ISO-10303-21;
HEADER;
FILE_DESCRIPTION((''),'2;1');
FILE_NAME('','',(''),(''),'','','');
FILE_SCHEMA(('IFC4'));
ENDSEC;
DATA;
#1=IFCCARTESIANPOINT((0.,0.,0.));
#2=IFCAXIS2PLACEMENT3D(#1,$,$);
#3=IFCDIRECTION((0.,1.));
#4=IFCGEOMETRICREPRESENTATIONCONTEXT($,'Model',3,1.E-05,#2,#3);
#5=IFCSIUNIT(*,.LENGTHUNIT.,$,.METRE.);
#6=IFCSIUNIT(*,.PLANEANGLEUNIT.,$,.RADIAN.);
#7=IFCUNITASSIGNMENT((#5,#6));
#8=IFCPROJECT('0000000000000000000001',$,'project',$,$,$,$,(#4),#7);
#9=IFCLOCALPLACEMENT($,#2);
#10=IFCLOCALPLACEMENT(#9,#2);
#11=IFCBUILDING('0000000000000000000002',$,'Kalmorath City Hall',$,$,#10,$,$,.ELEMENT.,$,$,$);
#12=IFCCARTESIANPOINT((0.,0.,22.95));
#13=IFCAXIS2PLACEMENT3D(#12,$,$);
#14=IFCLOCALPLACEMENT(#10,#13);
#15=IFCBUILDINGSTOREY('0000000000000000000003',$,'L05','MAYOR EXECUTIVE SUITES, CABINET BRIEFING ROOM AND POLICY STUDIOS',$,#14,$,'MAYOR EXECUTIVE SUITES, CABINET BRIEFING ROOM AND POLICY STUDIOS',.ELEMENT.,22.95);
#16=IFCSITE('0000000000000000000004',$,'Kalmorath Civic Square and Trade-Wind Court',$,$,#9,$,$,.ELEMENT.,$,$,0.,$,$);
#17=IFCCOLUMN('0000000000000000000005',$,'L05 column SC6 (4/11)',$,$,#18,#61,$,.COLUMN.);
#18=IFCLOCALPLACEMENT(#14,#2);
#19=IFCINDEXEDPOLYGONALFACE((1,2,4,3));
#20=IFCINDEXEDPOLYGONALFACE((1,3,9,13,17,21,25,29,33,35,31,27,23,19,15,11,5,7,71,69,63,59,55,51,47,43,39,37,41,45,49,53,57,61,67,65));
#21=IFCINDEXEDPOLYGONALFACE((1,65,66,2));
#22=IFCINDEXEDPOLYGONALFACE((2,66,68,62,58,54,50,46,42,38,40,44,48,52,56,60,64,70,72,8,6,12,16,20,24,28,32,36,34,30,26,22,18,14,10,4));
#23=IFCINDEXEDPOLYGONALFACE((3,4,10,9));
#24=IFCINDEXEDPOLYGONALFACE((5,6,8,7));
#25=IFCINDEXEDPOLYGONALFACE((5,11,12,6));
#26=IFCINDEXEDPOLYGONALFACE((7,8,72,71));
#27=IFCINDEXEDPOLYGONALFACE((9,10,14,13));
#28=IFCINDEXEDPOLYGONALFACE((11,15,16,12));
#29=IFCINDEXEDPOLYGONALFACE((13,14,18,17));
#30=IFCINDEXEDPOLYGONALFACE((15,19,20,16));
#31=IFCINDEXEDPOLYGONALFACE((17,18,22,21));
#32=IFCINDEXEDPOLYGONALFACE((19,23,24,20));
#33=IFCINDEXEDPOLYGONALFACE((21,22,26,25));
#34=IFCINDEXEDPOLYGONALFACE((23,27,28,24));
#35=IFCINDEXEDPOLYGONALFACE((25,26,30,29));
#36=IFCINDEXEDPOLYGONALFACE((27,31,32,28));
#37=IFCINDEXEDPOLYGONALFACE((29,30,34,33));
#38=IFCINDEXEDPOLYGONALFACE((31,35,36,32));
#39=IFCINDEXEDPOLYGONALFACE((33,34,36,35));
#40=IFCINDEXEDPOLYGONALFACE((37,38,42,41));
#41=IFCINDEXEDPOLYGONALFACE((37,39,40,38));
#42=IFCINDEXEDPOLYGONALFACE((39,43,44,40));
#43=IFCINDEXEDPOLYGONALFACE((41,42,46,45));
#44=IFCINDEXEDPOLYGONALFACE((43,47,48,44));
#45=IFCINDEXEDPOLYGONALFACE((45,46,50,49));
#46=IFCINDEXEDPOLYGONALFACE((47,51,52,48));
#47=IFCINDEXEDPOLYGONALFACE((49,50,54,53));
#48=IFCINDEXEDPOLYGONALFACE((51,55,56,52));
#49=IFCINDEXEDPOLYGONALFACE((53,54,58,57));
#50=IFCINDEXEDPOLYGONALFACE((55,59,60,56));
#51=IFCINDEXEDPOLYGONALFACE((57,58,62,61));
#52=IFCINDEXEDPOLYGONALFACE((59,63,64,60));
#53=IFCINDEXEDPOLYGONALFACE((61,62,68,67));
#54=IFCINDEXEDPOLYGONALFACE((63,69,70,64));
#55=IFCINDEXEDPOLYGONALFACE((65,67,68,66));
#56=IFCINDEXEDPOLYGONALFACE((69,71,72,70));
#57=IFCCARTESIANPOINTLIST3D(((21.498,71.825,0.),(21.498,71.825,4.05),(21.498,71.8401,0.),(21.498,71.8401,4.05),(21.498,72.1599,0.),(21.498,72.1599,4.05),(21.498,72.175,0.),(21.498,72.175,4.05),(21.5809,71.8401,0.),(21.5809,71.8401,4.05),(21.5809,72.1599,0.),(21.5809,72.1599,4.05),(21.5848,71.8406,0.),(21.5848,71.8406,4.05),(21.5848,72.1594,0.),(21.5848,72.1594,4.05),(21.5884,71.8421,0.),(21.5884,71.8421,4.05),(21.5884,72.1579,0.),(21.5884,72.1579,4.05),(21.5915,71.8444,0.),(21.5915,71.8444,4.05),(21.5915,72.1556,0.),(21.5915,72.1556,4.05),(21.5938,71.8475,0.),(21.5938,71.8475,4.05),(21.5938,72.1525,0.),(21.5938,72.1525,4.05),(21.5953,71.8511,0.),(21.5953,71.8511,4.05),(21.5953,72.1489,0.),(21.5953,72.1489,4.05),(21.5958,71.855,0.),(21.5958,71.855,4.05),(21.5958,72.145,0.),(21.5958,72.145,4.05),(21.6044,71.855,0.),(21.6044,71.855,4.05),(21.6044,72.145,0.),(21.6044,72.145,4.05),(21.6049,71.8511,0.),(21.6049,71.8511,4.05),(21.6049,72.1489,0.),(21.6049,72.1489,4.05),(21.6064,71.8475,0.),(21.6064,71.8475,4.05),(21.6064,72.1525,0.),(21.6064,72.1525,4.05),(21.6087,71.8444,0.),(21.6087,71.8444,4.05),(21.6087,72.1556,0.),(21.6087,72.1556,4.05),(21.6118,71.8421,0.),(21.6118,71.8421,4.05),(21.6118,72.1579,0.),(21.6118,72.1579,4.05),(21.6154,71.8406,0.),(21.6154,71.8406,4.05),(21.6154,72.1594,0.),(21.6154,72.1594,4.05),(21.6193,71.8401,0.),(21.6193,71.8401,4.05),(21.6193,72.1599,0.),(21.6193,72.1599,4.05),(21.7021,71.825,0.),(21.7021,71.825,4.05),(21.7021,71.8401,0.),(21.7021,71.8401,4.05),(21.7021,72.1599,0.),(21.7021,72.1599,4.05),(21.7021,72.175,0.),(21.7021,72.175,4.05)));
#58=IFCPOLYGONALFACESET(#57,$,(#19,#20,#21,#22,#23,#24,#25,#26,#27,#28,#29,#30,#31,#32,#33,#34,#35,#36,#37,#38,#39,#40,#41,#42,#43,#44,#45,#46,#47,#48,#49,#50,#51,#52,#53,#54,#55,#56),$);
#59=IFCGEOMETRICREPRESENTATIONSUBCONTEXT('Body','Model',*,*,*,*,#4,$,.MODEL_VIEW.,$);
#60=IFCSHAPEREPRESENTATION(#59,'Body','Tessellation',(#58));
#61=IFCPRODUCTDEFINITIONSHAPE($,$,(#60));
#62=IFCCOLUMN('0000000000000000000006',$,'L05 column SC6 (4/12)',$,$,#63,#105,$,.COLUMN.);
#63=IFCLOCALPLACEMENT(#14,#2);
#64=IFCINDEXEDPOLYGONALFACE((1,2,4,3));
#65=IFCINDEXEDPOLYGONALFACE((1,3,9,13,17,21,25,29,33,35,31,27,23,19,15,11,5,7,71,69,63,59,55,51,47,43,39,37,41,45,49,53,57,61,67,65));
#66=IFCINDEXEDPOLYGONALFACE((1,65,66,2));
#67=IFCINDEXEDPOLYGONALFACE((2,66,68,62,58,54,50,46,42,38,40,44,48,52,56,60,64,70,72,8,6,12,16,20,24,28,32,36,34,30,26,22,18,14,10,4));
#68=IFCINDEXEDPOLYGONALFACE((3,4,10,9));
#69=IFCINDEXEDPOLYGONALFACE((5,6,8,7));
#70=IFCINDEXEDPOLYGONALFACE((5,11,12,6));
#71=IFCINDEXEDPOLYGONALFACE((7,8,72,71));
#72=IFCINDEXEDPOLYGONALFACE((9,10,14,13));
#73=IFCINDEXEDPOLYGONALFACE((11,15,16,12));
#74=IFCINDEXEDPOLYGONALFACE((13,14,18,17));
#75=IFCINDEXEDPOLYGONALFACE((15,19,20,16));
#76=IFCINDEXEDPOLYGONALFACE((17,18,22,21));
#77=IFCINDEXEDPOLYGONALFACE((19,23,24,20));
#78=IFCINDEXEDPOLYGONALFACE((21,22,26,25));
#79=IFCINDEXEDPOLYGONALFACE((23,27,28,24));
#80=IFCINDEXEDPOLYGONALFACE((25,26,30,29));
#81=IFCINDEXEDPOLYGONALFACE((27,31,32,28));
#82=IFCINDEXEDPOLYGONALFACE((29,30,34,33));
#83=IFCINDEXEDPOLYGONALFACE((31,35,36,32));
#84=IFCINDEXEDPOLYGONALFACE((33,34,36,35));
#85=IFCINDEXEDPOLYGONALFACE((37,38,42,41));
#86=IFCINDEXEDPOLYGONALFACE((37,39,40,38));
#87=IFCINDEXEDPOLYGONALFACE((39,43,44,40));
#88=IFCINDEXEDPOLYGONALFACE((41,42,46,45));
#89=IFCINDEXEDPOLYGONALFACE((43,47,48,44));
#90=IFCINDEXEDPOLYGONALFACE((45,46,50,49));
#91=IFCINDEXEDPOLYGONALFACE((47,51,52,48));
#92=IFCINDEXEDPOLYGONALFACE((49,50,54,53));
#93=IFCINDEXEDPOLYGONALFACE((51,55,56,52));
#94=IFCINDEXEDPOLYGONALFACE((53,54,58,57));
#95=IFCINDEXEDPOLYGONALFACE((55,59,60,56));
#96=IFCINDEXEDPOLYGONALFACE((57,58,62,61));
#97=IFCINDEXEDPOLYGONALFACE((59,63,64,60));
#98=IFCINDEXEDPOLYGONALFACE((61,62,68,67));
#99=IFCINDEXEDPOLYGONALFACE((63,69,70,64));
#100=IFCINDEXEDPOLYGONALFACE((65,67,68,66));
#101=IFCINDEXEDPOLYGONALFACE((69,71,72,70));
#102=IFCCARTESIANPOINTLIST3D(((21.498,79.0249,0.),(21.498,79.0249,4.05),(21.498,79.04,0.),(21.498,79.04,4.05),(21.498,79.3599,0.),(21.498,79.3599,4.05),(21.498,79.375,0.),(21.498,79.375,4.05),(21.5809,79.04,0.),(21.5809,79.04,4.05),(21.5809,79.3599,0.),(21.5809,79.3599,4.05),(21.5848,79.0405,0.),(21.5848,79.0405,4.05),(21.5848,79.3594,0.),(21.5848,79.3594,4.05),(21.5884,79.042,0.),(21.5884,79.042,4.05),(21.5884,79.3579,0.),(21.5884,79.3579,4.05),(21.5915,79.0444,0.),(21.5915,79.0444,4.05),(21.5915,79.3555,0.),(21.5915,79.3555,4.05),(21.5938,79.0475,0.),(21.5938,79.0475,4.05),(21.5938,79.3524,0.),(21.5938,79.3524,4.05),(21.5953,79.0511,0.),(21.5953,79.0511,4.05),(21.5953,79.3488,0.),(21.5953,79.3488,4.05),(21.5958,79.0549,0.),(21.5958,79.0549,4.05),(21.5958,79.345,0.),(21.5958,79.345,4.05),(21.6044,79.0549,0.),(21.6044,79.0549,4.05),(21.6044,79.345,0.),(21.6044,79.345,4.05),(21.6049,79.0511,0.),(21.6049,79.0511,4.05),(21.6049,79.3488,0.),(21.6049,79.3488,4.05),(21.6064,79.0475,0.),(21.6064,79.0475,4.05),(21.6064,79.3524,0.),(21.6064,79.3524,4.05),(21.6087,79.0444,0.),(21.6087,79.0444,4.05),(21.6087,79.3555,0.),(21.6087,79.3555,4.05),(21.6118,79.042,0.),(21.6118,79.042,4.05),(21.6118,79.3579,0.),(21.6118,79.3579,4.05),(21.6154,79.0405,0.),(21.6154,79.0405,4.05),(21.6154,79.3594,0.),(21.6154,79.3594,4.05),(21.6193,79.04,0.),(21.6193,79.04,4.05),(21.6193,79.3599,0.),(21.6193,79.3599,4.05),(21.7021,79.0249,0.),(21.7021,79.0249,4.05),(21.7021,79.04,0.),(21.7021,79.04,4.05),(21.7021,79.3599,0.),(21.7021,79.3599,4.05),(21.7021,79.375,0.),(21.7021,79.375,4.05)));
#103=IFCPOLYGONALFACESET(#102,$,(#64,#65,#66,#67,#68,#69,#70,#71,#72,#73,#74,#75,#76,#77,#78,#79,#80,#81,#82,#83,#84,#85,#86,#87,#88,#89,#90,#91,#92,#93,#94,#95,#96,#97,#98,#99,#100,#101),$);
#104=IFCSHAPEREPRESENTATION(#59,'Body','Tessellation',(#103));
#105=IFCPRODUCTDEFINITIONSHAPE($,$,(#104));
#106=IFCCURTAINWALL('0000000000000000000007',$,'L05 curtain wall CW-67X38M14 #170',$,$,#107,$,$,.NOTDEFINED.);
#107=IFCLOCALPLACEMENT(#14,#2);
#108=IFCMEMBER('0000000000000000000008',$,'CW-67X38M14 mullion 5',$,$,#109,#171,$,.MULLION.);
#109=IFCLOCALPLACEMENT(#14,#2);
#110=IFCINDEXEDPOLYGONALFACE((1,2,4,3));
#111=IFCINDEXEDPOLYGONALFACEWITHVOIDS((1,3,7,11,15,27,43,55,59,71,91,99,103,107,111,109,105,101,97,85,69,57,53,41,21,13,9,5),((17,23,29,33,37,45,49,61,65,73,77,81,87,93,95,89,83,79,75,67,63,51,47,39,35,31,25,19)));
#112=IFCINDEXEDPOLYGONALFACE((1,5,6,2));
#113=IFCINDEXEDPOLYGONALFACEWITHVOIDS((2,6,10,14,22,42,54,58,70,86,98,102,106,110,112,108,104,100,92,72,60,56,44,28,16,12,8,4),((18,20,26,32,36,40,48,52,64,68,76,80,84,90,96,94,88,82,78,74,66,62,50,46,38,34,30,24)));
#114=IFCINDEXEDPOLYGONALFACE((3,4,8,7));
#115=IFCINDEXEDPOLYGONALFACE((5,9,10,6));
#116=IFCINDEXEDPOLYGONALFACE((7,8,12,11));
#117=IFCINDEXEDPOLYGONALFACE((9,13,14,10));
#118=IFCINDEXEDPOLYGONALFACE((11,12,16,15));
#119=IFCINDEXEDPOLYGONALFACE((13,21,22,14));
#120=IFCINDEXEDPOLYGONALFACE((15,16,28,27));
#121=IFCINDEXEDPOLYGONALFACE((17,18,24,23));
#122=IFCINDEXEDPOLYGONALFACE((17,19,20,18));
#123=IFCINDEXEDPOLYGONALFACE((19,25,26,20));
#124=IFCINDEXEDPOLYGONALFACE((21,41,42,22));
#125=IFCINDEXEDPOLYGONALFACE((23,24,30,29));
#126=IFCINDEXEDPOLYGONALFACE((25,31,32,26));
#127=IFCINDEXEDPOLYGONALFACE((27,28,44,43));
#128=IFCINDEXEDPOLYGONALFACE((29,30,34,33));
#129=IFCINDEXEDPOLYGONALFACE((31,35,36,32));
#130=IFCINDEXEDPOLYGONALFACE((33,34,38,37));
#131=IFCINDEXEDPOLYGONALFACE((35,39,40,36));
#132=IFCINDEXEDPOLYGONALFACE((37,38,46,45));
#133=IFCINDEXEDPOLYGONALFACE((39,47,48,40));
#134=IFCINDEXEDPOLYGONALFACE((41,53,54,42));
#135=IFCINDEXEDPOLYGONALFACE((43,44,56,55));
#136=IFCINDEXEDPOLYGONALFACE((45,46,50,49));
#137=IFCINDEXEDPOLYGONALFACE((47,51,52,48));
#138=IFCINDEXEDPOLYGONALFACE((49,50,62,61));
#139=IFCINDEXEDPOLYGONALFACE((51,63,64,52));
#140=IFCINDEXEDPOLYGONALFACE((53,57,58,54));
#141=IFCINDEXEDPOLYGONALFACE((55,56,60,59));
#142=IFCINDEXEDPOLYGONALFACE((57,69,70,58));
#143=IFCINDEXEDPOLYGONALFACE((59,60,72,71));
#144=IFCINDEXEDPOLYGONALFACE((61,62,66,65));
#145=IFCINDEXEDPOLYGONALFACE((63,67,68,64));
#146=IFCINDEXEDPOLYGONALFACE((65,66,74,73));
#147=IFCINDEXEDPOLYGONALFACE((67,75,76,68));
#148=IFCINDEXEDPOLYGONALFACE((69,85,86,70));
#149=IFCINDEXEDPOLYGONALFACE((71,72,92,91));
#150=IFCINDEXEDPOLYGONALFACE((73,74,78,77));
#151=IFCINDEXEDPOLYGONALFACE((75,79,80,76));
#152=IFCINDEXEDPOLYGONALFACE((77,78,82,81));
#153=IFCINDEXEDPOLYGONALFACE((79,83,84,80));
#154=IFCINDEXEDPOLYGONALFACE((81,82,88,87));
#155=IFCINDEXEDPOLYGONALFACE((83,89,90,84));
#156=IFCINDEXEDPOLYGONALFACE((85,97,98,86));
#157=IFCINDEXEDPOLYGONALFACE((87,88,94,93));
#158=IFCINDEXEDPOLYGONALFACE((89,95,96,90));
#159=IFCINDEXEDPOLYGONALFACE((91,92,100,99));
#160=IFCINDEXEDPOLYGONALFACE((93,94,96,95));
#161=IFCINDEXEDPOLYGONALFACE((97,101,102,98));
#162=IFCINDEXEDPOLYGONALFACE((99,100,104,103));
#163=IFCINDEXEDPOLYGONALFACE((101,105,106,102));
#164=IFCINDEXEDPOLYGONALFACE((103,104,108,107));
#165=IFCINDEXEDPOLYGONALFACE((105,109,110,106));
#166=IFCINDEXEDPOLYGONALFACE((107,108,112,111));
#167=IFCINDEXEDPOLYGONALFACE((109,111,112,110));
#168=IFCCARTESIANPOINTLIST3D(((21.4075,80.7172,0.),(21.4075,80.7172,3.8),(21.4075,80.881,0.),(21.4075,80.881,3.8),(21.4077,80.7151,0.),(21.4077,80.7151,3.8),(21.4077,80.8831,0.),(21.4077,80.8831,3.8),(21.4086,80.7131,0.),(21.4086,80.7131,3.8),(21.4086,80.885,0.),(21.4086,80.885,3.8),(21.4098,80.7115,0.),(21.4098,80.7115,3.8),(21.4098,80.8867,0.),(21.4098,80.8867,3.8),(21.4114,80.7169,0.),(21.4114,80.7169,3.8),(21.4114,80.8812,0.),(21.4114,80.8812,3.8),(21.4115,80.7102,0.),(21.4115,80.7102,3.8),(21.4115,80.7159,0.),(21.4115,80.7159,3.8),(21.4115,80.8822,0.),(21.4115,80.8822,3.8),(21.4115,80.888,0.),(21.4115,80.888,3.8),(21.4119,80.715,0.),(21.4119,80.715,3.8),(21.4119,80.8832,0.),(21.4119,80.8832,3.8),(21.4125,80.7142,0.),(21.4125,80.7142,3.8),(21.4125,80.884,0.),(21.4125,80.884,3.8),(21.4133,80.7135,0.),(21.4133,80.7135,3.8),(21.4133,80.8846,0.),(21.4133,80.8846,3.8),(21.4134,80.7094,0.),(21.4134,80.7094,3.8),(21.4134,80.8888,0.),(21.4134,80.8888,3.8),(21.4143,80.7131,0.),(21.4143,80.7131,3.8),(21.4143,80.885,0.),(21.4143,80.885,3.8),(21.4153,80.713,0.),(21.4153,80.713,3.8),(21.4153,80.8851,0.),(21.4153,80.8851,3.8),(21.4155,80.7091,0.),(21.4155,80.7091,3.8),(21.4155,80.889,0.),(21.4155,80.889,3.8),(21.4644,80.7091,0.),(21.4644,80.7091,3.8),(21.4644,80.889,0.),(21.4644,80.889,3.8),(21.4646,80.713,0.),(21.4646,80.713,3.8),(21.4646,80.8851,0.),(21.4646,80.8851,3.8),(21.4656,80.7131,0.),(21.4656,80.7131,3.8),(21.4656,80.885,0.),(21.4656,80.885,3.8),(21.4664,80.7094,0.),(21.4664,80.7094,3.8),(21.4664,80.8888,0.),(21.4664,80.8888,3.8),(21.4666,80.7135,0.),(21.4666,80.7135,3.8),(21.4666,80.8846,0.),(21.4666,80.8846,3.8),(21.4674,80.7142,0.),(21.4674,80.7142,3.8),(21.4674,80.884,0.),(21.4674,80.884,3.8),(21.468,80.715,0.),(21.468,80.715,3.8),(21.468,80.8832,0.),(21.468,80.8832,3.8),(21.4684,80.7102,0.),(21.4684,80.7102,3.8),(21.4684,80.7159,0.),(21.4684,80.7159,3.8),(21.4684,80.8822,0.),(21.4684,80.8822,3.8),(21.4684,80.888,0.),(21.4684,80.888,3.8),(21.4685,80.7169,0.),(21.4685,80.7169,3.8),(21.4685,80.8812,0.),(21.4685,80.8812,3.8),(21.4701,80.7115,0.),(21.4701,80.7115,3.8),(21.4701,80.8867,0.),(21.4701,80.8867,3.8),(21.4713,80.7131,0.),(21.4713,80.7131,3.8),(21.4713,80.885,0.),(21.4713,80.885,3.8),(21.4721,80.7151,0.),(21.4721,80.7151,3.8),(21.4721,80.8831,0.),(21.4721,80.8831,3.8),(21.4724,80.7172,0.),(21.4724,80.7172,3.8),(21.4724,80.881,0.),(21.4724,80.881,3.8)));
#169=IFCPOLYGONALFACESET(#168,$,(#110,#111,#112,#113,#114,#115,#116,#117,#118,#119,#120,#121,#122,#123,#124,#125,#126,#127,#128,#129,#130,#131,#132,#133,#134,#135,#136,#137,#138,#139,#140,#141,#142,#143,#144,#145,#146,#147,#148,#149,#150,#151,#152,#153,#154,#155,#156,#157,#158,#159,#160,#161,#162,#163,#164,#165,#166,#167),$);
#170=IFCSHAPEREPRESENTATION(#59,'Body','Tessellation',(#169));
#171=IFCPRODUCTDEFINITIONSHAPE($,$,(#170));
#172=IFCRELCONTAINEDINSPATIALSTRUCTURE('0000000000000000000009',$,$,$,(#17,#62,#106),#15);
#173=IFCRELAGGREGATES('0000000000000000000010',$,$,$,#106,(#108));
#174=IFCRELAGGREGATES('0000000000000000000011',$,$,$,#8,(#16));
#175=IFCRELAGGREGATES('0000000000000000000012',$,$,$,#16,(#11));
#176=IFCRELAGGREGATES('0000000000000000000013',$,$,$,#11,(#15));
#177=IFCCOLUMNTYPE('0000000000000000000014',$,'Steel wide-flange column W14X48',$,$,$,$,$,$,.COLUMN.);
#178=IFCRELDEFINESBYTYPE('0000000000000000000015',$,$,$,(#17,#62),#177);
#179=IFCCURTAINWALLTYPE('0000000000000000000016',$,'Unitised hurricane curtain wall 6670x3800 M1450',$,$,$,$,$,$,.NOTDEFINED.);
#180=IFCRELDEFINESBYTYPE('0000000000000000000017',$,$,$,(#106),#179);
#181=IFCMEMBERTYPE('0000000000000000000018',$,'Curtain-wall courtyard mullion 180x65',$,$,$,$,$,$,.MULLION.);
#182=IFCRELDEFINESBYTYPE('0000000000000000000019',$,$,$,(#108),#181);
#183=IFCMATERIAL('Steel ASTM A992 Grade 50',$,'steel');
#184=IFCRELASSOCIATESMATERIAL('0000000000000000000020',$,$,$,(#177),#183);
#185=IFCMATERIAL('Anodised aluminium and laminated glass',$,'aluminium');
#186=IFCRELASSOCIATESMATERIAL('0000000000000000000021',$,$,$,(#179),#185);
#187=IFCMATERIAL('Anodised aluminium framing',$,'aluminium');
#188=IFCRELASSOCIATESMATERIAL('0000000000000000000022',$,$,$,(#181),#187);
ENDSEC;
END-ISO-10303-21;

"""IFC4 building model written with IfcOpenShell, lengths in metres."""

from ifc_helpers import new_model, si_unit, direction, frame, origin, origin_2d, place, context, subcontext, project, spatial, hollow_rectangle, i_section, extrude, material, material_profile, profile_set, type_object, element, aggregate, save


model = new_model("IFC4")

# Units and contexts
model_context = context("Model", 3, precision=1e-05, world=origin(), true_north=direction((0.0, 1.0)))
body_context = subcontext(model_context, "Body", "Model", "MODEL_VIEW")
ifc_project = project(units=[si_unit("LENGTHUNIT", "METRE"), si_unit("PLANEANGLEUNIT", "RADIAN")], contexts=[model_context])

# Site, building, storey
site_placement = place(None, origin())
site = spatial("IfcSite", under=ifc_project, at=site_placement, Name="Kalmorath Civic Square and Trade-Wind Court", CompositionType="ELEMENT", RefElevation=0.0)
building_placement = place(site_placement, origin())
building = spatial("IfcBuilding", under=site, at=building_placement, Name="Kalmorath City Hall", CompositionType="ELEMENT")
storey_placement = place(building_placement, frame((0.0, 0.0, 22.95)))
storey = spatial("IfcBuildingStorey", under=building, at=storey_placement, Name="L05", Description="MAYOR EXECUTIVE SUITES, CABINET BRIEFING ROOM AND POLICY STUDIOS", LongName="MAYOR EXECUTIVE SUITES, CABINET BRIEFING ROOM AND POLICY STUDIOS", CompositionType="ELEMENT", Elevation=22.95)

# Columns
ifc_material_1 = material(Name="Steel ASTM A992 Grade 50", Category="steel")
ifc_material_profile_1 = material_profile(ifc_material_1, i_section(OverallWidth=0.2041, OverallDepth=0.3501, WebThickness=0.0085, FlangeThickness=0.0151, FilletRadius=0.0149, at=origin_2d()), Name="W14X48")
ifc_profile_set_1 = profile_set([ifc_material_profile_1], Name="Steel ASTM A992 Grade 50")
column_type = type_object("IfcColumnType", Name="Steel wide-flange column W14X48", PredefinedType="COLUMN", material=ifc_profile_set_1)
for number, where, z_axis, x_axis, name in (
    (1, (21.6001, 72.0, 0.0), (0.0, 0.0, 1.0), (1.0, 0.0, 0.0), "L05 column SC6 (4/11)"),
    (2, (21.6001, 79.2, 0.0), (0.0, 0.0, 1.0), (1.0, 0.0, 0.0), "L05 column SC6 (4/12)"),
):
    element("IfcColumn", number, at=place(storey_placement, frame(where, z_axis=z_axis, x_axis=x_axis)), inside=storey, type_object=column_type, Name=name, PredefinedType="COLUMN", context=body_context, shape_type="SweptSolid", body=[
        extrude(i_section(OverallWidth=0.2041, OverallDepth=0.3501, WebThickness=0.0085, FlangeThickness=0.0151, FilletRadius=0.0149, at=origin_2d()), origin(), (0.0, 0.0, 1.0), 4.05),
    ])

# Curtain wall, member
ifc_material_2 = material(Name="Anodised aluminium and laminated glass", Category="aluminium")
curtain_wall_type_1 = type_object("IfcCurtainWallType", Name="Unitised hurricane curtain wall 6670x3800 M1450", PredefinedType="NOTDEFINED", material=ifc_material_2)
curtain_wall_1_placement = place(storey_placement, origin())
curtain_wall_1 = element("IfcCurtainWall", 3, at=curtain_wall_1_placement, inside=storey, type_object=curtain_wall_type_1, Name="L05 curtain wall CW-67X38M14 #170", PredefinedType="NOTDEFINED")
ifc_material_3 = material(Name="Anodised aluminium framing", Category="aluminium")
ifc_material_profile_2 = material_profile(ifc_material_3, hollow_rectangle(XDim=0.0649, YDim=0.1799, WallThickness=0.0039, InnerFilletRadius=0.0039, OuterFilletRadius=0.0081, at=origin_2d()), Name="ALU-MUL-180X65X4")
ifc_profile_set_2 = profile_set([ifc_material_profile_2], Name="Anodised aluminium framing")
member_type_1 = type_object("IfcMemberType", Name="Curtain-wall courtyard mullion 180x65", PredefinedType="MULLION", material=ifc_profile_set_2)
member_1_placement = place(storey_placement, frame((21.4399, 80.7991, 0.0), z_axis=(0.0, 0.0, 1.0), x_axis=(1.0, 0.0, 0.0)))
member_1 = element("IfcMember", 4, at=member_1_placement, type_object=member_type_1, Name="CW-67X38M14 mullion 5", PredefinedType="MULLION", context=body_context, shape_type="SweptSolid", body=[
    extrude(hollow_rectangle(XDim=0.0649, YDim=0.1799, WallThickness=0.0039, InnerFilletRadius=0.0039, OuterFilletRadius=0.0081, at=origin_2d()), origin(), (0.0, 0.0, 1.0), 3.8),
])

aggregate(curtain_wall_1, [member_1])

save(model, "model.ifc")
